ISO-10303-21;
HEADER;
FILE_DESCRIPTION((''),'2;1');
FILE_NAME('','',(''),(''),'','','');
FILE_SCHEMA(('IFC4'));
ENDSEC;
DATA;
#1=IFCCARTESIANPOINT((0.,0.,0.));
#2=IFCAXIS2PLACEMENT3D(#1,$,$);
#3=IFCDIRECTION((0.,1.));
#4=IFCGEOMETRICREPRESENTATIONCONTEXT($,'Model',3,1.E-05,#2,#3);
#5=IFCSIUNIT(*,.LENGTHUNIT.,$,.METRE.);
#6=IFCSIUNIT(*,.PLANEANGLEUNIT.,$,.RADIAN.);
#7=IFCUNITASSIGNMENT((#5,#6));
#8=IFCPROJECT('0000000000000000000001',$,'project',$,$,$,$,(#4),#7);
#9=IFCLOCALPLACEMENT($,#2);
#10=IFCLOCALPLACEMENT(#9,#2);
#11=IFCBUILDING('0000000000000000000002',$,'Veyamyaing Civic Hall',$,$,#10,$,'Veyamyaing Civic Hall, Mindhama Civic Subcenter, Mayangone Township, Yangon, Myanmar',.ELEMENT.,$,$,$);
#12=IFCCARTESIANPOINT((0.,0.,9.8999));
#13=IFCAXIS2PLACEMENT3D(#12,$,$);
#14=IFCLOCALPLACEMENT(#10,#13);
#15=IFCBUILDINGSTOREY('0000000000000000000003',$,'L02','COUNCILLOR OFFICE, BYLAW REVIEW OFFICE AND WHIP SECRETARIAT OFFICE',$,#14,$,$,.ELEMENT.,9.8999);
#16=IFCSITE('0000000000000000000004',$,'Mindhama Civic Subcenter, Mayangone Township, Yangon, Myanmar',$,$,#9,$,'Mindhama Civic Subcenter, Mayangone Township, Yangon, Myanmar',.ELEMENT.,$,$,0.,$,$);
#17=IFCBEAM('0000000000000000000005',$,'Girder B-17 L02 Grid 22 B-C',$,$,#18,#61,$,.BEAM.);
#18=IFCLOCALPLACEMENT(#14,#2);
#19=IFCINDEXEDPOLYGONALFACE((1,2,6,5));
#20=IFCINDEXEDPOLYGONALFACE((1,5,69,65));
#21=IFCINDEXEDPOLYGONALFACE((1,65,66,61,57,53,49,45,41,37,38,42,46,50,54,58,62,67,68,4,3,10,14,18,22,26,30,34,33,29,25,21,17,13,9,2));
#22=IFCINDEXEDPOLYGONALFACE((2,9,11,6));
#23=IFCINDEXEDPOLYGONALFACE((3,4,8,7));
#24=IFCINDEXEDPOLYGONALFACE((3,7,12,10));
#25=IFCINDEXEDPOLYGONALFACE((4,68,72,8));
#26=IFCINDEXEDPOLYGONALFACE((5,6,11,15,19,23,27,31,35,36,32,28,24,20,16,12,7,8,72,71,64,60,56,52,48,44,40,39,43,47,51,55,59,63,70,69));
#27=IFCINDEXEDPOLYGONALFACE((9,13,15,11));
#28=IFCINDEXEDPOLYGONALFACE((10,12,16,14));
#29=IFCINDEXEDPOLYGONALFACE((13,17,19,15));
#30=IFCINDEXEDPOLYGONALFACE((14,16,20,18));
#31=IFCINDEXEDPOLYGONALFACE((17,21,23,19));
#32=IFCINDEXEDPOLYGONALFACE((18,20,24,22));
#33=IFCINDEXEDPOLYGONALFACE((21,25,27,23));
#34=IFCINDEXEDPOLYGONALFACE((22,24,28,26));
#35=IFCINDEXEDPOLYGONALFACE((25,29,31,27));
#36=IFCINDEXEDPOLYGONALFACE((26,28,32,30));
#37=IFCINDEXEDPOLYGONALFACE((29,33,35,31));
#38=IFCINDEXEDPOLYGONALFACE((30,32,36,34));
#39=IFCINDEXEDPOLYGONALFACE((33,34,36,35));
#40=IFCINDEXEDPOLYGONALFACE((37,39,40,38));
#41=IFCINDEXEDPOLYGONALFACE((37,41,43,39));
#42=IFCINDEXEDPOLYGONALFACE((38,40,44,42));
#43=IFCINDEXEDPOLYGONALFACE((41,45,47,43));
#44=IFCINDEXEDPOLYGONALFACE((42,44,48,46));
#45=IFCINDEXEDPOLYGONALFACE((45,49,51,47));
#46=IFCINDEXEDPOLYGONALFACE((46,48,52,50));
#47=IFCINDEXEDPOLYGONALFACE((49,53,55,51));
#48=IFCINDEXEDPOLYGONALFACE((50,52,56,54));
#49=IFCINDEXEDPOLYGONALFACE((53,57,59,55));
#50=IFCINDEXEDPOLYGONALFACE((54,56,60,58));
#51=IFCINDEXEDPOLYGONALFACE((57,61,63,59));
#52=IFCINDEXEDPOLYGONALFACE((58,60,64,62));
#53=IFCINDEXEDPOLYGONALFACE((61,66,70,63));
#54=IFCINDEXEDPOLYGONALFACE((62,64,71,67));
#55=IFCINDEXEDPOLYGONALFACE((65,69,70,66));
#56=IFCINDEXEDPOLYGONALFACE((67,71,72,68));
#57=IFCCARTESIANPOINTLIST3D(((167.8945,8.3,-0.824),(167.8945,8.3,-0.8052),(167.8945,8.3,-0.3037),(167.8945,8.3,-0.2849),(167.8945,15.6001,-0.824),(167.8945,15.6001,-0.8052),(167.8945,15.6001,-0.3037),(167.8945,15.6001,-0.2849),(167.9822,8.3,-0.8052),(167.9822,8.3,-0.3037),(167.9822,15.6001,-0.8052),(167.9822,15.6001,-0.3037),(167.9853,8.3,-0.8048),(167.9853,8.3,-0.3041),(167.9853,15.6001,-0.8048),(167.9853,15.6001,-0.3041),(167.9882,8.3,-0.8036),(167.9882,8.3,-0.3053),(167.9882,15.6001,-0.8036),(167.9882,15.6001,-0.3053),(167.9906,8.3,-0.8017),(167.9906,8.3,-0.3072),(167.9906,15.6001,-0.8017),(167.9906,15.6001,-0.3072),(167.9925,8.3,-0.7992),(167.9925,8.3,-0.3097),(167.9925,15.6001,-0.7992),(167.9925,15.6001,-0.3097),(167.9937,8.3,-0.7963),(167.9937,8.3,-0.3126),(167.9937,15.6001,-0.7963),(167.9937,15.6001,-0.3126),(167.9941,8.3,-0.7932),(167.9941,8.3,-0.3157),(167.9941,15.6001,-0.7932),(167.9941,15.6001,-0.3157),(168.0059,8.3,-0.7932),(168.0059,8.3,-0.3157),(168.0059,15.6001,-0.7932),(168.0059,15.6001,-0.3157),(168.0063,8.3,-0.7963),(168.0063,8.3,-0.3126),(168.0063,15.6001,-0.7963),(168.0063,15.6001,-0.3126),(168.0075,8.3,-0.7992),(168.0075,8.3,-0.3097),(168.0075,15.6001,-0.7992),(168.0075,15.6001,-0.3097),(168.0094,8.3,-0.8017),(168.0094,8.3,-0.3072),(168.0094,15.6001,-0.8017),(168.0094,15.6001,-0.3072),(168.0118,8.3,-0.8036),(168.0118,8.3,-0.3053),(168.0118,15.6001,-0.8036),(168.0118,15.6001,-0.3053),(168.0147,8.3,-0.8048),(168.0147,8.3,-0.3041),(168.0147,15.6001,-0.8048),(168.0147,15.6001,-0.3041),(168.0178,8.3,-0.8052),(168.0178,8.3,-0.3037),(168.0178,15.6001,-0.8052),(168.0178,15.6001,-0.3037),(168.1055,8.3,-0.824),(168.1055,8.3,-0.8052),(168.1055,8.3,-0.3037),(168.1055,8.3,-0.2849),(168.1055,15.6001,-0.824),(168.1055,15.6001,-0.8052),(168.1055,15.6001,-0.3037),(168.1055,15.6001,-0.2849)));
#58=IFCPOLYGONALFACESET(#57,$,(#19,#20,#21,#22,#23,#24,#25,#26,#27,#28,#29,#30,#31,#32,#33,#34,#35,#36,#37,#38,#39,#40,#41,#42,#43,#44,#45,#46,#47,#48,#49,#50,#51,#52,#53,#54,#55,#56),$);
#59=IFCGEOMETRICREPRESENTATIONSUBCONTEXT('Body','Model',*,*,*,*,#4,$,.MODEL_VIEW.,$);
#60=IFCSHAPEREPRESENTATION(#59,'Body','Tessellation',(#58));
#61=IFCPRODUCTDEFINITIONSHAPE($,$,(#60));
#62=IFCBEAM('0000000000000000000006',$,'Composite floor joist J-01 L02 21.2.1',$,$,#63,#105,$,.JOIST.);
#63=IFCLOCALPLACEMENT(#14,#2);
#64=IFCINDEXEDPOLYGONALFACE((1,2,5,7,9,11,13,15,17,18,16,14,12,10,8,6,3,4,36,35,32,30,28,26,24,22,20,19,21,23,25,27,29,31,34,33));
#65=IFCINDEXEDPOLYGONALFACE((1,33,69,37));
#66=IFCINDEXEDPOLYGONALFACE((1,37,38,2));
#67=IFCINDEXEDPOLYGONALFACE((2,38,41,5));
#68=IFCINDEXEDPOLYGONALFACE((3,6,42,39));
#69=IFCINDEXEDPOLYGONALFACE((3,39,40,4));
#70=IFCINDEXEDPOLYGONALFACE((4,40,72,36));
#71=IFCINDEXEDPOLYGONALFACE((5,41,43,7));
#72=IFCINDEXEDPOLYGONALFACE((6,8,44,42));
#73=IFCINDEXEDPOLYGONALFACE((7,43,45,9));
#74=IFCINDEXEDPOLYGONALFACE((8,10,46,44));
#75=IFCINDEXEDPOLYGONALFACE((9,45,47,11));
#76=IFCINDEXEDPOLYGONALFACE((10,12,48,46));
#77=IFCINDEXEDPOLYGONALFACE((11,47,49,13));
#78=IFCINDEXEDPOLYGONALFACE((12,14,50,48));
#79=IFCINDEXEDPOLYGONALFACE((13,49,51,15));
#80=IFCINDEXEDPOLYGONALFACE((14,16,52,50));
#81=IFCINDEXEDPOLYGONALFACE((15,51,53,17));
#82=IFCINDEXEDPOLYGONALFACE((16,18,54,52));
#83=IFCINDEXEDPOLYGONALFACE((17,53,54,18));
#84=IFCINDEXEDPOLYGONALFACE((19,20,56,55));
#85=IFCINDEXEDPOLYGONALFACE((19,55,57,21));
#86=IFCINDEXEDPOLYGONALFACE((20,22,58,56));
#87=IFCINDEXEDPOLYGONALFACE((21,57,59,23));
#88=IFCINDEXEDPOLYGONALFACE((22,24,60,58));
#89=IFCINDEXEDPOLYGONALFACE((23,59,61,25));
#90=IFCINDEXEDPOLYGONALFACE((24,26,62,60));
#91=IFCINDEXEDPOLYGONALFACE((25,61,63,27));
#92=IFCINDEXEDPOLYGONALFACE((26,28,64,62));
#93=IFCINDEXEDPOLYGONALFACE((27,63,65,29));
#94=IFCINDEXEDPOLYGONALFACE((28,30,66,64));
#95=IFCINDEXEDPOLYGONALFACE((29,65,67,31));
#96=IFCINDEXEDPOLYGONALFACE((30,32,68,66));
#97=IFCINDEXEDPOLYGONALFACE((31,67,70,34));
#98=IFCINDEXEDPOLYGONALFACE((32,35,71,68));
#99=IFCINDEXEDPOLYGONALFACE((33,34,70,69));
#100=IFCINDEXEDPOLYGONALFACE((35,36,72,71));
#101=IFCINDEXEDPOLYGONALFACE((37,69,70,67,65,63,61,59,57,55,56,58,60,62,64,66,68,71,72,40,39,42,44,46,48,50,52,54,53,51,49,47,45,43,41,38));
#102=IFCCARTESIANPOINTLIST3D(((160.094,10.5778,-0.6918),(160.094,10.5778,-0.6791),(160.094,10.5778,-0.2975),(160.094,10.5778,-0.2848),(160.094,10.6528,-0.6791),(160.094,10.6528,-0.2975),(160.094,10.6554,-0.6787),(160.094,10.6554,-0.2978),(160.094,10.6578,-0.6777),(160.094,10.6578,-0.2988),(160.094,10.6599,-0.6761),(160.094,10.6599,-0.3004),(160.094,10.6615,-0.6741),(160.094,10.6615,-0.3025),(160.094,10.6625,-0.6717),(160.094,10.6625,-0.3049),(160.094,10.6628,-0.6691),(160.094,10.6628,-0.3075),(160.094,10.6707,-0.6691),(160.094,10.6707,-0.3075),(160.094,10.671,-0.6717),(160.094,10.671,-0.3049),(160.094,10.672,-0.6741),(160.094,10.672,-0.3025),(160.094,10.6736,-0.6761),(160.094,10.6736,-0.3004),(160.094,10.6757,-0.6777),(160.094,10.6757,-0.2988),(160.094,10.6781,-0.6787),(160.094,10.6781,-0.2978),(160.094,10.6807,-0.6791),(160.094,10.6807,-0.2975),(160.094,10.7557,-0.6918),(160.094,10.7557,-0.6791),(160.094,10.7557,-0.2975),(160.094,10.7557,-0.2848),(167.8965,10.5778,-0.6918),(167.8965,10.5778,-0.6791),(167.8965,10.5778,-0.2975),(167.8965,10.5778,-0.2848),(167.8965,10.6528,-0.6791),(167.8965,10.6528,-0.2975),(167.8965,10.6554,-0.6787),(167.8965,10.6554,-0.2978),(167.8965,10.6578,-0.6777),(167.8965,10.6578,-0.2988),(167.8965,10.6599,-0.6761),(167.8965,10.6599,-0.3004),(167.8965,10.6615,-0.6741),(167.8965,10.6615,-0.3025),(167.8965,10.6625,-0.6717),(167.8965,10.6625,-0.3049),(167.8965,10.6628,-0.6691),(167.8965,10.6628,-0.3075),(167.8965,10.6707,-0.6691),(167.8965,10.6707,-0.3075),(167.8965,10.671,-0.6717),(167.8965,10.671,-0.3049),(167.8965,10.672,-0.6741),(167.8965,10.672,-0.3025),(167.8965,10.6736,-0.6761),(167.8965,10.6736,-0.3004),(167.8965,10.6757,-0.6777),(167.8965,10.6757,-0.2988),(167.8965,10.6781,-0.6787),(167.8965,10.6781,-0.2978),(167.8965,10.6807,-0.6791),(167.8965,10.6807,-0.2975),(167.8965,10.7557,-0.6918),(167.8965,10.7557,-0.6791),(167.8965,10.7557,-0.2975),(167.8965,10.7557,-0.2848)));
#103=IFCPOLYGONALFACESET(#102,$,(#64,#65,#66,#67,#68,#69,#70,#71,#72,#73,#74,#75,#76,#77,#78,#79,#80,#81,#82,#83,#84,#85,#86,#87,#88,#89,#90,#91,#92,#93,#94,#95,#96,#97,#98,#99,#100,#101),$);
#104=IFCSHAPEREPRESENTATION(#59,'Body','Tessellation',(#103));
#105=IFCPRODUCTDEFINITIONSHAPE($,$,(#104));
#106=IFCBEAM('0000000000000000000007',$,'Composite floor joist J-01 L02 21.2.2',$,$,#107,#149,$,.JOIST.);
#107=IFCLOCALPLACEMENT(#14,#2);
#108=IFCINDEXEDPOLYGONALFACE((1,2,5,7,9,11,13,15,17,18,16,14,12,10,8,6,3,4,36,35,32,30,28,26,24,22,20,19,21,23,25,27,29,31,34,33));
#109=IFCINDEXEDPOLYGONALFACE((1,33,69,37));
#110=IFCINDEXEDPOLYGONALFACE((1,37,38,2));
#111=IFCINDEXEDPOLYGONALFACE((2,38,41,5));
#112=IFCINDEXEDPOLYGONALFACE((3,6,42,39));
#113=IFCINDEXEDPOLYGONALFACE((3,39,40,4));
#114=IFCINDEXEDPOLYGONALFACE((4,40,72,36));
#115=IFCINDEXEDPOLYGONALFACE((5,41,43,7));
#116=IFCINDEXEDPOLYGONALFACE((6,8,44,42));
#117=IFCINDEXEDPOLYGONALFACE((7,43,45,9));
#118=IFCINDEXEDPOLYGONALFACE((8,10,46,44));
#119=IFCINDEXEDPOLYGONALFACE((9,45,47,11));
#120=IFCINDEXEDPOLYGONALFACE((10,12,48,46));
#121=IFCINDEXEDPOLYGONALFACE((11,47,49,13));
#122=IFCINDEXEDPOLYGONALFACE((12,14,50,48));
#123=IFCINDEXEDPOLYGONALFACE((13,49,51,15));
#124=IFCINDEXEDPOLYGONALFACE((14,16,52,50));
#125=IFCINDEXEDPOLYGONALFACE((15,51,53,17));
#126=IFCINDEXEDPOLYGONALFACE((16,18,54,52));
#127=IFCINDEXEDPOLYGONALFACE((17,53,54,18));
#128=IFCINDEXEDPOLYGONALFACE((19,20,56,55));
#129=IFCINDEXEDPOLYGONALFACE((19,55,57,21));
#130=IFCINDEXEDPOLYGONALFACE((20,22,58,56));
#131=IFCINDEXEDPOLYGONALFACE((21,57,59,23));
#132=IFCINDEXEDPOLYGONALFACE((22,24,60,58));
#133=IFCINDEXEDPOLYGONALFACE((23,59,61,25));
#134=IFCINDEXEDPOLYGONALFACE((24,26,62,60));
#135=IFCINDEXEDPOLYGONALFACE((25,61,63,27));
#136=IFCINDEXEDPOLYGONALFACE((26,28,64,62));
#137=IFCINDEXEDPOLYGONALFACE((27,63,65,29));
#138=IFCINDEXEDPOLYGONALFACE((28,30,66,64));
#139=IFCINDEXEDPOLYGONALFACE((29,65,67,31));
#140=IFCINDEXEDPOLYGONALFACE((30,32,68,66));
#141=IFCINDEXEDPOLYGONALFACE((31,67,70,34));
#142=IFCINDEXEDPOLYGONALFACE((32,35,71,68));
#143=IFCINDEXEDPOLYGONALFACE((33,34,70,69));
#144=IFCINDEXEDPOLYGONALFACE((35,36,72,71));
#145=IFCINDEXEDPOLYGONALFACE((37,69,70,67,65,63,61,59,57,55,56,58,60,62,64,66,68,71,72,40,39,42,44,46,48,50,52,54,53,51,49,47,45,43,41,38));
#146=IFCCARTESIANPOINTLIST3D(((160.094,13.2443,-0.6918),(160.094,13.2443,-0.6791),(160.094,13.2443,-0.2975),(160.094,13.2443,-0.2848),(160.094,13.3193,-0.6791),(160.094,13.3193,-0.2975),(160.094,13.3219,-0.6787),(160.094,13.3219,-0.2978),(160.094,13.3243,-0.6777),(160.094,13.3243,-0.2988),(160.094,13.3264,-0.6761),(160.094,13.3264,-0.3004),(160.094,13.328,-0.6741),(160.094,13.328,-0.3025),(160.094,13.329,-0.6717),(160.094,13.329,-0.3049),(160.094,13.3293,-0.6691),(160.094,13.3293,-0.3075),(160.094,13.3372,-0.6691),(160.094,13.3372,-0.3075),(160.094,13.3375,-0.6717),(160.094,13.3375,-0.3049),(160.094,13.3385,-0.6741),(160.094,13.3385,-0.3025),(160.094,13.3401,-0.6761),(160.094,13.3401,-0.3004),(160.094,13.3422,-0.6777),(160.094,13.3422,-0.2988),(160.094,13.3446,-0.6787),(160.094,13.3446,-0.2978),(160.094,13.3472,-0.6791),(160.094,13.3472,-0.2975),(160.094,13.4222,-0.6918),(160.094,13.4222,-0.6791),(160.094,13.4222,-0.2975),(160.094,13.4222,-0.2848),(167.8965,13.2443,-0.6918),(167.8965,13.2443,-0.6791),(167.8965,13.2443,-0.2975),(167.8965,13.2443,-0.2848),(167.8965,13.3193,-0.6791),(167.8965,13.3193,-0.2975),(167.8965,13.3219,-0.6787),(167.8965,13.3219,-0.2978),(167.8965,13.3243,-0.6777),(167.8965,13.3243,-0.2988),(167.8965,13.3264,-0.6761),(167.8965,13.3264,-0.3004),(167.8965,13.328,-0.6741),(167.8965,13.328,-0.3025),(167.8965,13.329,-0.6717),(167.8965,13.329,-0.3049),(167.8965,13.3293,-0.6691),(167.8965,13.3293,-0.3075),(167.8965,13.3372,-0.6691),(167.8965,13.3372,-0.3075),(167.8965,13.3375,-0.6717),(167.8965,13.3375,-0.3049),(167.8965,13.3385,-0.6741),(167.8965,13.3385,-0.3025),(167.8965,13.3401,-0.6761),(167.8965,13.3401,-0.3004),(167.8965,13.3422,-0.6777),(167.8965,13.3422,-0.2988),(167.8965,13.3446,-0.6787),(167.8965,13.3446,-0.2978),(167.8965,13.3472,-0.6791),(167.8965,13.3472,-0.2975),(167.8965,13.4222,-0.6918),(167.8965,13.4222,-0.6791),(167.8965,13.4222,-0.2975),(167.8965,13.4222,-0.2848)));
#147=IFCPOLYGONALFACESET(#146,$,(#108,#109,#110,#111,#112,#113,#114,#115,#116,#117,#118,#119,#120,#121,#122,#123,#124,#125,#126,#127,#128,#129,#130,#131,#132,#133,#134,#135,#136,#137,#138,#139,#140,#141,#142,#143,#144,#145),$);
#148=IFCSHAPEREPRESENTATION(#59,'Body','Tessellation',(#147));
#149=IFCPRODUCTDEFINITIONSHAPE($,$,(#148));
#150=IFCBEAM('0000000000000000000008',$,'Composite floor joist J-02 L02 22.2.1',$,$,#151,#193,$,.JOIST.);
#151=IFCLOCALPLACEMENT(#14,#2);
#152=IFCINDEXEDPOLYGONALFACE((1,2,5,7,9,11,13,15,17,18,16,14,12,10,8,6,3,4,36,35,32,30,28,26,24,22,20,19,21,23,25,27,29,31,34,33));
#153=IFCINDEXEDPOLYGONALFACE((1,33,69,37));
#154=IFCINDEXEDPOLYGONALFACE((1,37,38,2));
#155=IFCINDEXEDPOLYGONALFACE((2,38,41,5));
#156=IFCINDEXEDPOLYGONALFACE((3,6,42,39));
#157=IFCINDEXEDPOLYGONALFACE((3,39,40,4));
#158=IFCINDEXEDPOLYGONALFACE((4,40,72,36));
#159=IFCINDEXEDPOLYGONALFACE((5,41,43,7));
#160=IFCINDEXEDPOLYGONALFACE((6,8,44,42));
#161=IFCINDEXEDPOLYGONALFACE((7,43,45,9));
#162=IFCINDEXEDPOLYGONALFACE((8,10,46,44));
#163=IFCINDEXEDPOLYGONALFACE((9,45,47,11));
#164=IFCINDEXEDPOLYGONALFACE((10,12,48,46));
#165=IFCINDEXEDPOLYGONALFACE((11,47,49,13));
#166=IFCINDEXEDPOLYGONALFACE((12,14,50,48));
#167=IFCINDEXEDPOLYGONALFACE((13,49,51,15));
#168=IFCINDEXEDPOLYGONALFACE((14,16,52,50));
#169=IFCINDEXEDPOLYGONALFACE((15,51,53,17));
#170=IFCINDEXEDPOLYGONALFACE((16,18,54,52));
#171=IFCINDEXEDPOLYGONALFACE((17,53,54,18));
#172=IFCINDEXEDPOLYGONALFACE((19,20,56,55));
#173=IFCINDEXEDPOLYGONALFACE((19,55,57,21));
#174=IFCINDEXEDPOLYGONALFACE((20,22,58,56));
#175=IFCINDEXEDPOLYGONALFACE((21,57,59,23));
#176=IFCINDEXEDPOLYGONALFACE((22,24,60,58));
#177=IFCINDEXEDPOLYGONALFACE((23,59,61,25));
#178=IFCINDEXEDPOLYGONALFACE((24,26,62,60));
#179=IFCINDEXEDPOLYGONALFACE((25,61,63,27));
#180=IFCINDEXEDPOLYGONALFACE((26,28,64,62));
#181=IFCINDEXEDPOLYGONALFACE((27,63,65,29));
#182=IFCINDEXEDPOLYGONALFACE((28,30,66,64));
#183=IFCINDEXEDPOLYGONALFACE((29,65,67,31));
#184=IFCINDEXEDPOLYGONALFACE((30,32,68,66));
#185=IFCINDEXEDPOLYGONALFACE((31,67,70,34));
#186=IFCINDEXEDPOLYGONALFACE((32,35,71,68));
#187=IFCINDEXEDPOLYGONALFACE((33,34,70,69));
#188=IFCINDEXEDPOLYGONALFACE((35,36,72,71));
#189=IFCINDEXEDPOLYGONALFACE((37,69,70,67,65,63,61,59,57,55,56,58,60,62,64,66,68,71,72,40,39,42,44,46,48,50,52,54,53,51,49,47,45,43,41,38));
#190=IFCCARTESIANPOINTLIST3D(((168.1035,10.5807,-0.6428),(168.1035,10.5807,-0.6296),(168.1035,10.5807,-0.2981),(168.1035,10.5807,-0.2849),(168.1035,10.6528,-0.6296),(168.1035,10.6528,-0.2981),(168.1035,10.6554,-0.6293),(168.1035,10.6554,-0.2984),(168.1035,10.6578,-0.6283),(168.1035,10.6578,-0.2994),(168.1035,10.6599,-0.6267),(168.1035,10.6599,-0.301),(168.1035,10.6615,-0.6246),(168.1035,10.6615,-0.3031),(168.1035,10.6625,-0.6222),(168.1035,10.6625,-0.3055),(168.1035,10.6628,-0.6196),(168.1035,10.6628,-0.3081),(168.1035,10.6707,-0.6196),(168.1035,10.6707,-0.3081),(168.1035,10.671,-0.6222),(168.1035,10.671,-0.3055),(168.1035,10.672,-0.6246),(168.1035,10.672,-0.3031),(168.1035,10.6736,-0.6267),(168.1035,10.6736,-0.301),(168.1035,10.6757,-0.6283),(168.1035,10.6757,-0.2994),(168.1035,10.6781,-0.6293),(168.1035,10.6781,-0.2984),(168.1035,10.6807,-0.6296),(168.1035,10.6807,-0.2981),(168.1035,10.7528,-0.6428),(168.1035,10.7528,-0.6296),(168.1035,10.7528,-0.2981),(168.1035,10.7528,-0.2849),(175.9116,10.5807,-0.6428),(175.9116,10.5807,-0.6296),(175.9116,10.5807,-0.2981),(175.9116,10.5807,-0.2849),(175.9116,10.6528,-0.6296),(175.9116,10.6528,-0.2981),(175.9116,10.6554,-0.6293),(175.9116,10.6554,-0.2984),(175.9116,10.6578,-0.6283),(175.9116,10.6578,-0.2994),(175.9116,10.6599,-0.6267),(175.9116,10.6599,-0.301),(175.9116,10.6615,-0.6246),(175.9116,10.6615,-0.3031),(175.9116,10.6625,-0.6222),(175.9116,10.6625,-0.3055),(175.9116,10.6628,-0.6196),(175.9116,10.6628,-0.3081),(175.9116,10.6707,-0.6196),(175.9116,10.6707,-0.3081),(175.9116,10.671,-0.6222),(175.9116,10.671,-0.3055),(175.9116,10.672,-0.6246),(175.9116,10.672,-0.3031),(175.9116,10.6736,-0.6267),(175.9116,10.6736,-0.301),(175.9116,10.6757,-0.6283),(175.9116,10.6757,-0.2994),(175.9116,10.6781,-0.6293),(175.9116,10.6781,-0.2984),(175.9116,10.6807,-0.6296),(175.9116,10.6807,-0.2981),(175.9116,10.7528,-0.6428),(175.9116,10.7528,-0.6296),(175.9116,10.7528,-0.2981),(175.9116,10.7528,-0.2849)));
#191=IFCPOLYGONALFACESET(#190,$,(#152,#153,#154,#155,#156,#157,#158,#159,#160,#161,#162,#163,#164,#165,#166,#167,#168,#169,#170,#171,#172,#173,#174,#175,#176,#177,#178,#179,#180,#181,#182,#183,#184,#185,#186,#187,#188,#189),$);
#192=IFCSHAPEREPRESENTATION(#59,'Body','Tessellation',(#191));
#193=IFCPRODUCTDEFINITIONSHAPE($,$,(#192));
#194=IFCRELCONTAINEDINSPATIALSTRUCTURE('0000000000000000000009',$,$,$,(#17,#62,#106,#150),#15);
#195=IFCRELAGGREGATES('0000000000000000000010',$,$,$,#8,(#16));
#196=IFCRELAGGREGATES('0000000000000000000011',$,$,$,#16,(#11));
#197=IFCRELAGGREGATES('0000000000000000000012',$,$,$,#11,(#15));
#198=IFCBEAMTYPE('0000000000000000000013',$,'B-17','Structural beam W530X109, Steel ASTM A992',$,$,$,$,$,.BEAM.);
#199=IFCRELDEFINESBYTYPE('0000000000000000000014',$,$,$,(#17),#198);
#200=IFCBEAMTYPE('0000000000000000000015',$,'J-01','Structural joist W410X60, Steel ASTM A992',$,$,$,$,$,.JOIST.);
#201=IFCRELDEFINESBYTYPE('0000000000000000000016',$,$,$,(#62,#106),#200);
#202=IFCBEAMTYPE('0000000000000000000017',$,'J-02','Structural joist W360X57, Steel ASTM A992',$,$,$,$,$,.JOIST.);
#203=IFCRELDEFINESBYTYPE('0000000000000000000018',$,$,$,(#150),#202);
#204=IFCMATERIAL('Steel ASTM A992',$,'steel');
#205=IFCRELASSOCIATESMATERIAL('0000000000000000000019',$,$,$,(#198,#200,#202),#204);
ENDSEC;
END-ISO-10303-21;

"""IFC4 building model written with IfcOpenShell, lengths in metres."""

from ifc_helpers import new_model, si_unit, direction, frame, origin, origin_2d, place, context, subcontext, project, spatial, i_section, extrude, material, material_profile, profile_set, type_object, element, save


model = new_model("IFC4")

# Units and contexts
model_context = context("Model", 3, precision=1e-05, world=origin(), true_north=direction((0.0, 1.0)))
body_context = subcontext(model_context, "Body", "Model", "MODEL_VIEW")
ifc_project = project(units=[si_unit("LENGTHUNIT", "METRE"), si_unit("PLANEANGLEUNIT", "RADIAN")], contexts=[model_context])

# Site, building, storey
site_placement = place(None, origin())
site = spatial("IfcSite", under=ifc_project, at=site_placement, Name="Mindhama Civic Subcenter, Mayangone Township, Yangon, Myanmar", LongName="Mindhama Civic Subcenter, Mayangone Township, Yangon, Myanmar", CompositionType="ELEMENT", RefElevation=0.0)
building_placement = place(site_placement, origin())
building = spatial("IfcBuilding", under=site, at=building_placement, Name="Veyamyaing Civic Hall", LongName="Veyamyaing Civic Hall, Mindhama Civic Subcenter, Mayangone Township, Yangon, Myanmar", CompositionType="ELEMENT")
storey_placement = place(building_placement, frame((0.0, 0.0, 9.8999)))
storey = spatial("IfcBuildingStorey", under=building, at=storey_placement, Name="L02", Description="COUNCILLOR OFFICE, BYLAW REVIEW OFFICE AND WHIP SECRETARIAT OFFICE", CompositionType="ELEMENT", Elevation=9.8999)

# Beams
ifc_material_1 = material(Name="Steel ASTM A992", Category="steel")
ifc_material_profile_1 = material_profile(ifc_material_1, i_section(OverallWidth=0.2109, OverallDepth=0.5391, WebThickness=0.0117, FlangeThickness=0.0188, FilletRadius=0.012, at=origin_2d()), Name="W530X109")
ifc_profile_set_1 = profile_set([ifc_material_profile_1], Name="Steel ASTM A992")
beam_type_1 = type_object("IfcBeamType", Name="B-17", Description="Structural beam W530X109, Steel ASTM A992", PredefinedType="BEAM", material=ifc_profile_set_1)
beam_1_placement = place(storey_placement, frame((168.0, 8.3, -0.5544), z_axis=(0.0, 1.0, 0.0), x_axis=(-1.0, 0.0, 0.0)))
element("IfcBeam", 1, at=beam_1_placement, inside=storey, type_object=beam_type_1, Name="Girder B-17 L02 Grid 22 B-C", PredefinedType="BEAM", context=body_context, shape_type="SweptSolid", body=[
    extrude(i_section(OverallWidth=0.2109, OverallDepth=0.5391, WebThickness=0.0117, FlangeThickness=0.0188, FilletRadius=0.012, at=origin_2d()), origin(), (0.0, 0.0, 1.0), 7.3),
])
ifc_material_profile_2 = material_profile(ifc_material_1, i_section(OverallWidth=0.178, OverallDepth=0.407, WebThickness=0.0078, FlangeThickness=0.0127, FilletRadius=0.01, at=origin_2d()), Name="W410X60")
ifc_profile_set_2 = profile_set([ifc_material_profile_2], Name="Steel ASTM A992")
beam_type_2 = type_object("IfcBeamType", Name="J-01", Description="Structural joist W410X60, Steel ASTM A992", PredefinedType="JOIST", material=ifc_profile_set_2)
for number, where, z_axis, x_axis, name in (
    (2, (160.094, 10.6667, -0.4883), (1.0, 0.0, 0.0), (0.0, 1.0, 0.0), "Composite floor joist J-01 L02 21.2.1"),
    (3, (160.094, 13.3333, -0.4883), (1.0, 0.0, 0.0), (0.0, 1.0, 0.0), "Composite floor joist J-01 L02 21.2.2"),
):
    element("IfcBeam", number, at=place(storey_placement, frame(where, z_axis=z_axis, x_axis=x_axis)), inside=storey, type_object=beam_type_2, Name=name, PredefinedType="JOIST", context=body_context, shape_type="SweptSolid", body=[
        extrude(i_section(OverallWidth=0.178, OverallDepth=0.407, WebThickness=0.0078, FlangeThickness=0.0127, FilletRadius=0.01, at=origin_2d()), origin(), (0.0, 0.0, 1.0), 7.8025),
    ])
ifc_material_profile_3 = material_profile(ifc_material_1, i_section(OverallWidth=0.1721, OverallDepth=0.3579, WebThickness=0.0078, FlangeThickness=0.0132, FilletRadius=0.01, at=origin_2d()), Name="W360X57")
ifc_profile_set_3 = profile_set([ifc_material_profile_3], Name="Steel ASTM A992")
beam_type_3 = type_object("IfcBeamType", Name="J-02", Description="Structural joist W360X57, Steel ASTM A992", PredefinedType="JOIST", material=ifc_profile_set_3)
for number, where, z_axis, x_axis, name in (
    (4, (168.1035, 10.6667, -0.4639), (1.0, 0.0, 0.0), (0.0, 1.0, 0.0), "Composite floor joist J-02 L02 22.2.1"),
):
    element("IfcBeam", number, at=place(storey_placement, frame(where, z_axis=z_axis, x_axis=x_axis)), inside=storey, type_object=beam_type_3, Name=name, PredefinedType="JOIST", context=body_context, shape_type="SweptSolid", body=[
        extrude(i_section(OverallWidth=0.1721, OverallDepth=0.3579, WebThickness=0.0078, FlangeThickness=0.0132, FilletRadius=0.01, at=origin_2d()), origin(), (0.0, 0.0, 1.0), 7.8081),
    ])

save(model, "model.ifc")
